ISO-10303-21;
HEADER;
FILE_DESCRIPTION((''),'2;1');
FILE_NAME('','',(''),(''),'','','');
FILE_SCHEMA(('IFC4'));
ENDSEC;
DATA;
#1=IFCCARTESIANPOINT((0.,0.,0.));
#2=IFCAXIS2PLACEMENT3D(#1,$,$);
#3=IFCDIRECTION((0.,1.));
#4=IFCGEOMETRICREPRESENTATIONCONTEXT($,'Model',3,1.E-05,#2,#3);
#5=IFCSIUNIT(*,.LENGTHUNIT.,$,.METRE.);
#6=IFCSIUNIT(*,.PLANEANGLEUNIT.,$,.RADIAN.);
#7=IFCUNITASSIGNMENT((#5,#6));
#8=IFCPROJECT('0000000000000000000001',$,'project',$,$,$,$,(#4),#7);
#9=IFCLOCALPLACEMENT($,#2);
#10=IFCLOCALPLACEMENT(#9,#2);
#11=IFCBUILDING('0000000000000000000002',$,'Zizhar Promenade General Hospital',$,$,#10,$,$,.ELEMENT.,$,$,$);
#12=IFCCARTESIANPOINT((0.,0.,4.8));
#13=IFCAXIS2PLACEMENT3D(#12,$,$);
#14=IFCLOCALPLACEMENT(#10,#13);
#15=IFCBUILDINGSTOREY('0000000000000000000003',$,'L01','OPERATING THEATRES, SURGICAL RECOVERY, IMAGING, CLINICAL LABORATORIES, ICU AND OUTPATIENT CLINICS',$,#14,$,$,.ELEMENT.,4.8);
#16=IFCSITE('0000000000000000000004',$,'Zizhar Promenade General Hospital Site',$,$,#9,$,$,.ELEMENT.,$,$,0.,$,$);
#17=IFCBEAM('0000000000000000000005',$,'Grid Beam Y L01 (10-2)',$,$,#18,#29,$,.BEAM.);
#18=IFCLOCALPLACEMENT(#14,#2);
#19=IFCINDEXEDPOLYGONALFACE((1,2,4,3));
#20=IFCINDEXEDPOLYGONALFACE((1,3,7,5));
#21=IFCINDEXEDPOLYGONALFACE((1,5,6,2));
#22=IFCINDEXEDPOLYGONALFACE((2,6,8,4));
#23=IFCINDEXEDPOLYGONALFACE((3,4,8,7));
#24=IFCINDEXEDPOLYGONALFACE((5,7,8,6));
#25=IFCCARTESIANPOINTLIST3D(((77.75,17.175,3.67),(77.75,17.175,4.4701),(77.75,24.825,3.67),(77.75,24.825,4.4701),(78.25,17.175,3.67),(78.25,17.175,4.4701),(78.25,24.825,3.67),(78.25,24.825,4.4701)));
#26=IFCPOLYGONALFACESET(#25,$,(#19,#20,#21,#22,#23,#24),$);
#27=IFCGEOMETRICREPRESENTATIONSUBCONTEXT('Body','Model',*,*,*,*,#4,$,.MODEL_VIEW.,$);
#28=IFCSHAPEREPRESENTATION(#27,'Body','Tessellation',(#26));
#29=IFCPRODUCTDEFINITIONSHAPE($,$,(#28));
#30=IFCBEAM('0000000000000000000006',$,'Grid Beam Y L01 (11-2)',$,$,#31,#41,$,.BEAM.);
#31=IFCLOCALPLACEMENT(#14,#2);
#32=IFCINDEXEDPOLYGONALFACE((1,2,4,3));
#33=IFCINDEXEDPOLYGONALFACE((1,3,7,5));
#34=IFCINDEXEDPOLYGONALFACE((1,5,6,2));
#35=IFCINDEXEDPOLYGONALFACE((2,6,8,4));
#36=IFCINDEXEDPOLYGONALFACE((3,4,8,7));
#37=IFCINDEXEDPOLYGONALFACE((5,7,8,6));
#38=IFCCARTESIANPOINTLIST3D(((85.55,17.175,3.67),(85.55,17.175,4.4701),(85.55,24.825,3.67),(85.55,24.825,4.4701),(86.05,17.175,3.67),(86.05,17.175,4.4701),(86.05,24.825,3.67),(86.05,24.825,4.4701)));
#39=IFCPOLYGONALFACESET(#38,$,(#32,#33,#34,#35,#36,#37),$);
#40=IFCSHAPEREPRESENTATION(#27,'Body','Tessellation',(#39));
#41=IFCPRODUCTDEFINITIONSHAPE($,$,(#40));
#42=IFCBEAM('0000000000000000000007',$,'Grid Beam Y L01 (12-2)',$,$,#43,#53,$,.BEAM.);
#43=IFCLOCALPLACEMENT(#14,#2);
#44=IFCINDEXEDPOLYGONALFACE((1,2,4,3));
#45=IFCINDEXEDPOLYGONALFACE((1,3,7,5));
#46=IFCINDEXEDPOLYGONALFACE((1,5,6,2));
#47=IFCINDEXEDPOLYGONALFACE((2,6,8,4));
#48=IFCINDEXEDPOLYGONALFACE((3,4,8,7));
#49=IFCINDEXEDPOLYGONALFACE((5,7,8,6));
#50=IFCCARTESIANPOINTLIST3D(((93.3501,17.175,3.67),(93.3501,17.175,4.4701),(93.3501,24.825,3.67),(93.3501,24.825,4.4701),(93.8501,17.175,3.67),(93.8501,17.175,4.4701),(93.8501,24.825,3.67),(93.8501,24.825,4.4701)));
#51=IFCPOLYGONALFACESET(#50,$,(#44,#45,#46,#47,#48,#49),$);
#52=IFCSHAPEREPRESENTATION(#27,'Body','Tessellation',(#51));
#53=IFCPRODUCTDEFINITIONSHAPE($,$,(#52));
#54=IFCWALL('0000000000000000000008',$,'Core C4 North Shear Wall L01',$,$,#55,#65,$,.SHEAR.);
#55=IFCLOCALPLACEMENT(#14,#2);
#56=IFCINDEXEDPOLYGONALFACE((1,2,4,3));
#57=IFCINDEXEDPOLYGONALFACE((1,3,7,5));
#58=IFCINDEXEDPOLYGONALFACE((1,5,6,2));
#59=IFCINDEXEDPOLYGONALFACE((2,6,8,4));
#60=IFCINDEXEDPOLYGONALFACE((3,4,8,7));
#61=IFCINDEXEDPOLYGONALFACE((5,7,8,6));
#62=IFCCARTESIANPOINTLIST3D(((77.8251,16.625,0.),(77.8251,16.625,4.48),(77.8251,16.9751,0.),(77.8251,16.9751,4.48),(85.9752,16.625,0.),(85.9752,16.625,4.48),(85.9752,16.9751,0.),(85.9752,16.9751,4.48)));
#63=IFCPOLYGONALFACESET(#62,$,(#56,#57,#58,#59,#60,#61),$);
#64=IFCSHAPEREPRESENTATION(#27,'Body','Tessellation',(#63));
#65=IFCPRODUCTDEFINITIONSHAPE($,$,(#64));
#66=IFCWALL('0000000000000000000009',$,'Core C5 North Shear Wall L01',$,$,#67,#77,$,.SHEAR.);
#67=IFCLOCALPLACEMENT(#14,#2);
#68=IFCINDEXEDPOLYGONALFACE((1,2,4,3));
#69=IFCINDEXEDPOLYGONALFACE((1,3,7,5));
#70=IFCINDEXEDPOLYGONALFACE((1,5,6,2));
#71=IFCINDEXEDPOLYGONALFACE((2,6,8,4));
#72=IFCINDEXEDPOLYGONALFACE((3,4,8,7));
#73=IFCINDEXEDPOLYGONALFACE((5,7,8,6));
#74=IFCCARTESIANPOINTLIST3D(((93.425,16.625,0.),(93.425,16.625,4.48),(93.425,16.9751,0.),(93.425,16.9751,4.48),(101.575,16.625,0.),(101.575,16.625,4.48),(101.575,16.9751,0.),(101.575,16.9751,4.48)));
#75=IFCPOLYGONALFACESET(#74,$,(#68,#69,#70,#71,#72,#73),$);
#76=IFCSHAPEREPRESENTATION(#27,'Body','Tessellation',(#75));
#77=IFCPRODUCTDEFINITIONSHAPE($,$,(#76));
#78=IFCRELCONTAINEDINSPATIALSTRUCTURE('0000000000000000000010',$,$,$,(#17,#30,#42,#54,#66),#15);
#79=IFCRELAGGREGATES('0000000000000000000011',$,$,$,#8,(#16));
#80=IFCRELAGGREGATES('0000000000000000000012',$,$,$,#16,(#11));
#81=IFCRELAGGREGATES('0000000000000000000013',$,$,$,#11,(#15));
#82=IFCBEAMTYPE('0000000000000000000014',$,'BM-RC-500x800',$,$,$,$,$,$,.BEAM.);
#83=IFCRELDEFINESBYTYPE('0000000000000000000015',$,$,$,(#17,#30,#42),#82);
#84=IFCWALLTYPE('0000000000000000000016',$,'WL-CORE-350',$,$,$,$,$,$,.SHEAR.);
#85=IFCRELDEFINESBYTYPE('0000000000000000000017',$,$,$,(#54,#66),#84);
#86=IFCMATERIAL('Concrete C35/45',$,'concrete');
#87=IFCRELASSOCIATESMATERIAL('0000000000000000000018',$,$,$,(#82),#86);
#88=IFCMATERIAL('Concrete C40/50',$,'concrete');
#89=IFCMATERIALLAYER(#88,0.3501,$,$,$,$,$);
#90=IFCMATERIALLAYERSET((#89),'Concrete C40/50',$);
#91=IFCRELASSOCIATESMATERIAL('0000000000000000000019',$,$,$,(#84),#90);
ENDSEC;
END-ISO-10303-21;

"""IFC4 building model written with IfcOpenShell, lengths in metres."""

from ifc_helpers import new_model, si_unit, direction, frame, frame_2d, origin, origin_2d, place, context, subcontext, project, spatial, rectangle, extrude, material, layer, layer_set, material_profile, profile_set, type_object, element, save


model = new_model("IFC4")

# Units and contexts
model_context = context("Model", 3, precision=1e-05, world=origin(), true_north=direction((0.0, 1.0)))
body_context = subcontext(model_context, "Body", "Model", "MODEL_VIEW")
ifc_project = project(units=[si_unit("LENGTHUNIT", "METRE"), si_unit("PLANEANGLEUNIT", "RADIAN")], contexts=[model_context])

# Site, building, storey
site_placement = place(None, origin())
site = spatial("IfcSite", under=ifc_project, at=site_placement, Name="Zizhar Promenade General Hospital Site", CompositionType="ELEMENT", RefElevation=0.0)
building_placement = place(site_placement, origin())
building = spatial("IfcBuilding", under=site, at=building_placement, Name="Zizhar Promenade General Hospital", CompositionType="ELEMENT")
storey_placement = place(building_placement, frame((0.0, 0.0, 4.8)))
storey = spatial("IfcBuildingStorey", under=building, at=storey_placement, Name="L01", Description="OPERATING THEATRES, SURGICAL RECOVERY, IMAGING, CLINICAL LABORATORIES, ICU AND OUTPATIENT CLINICS", CompositionType="ELEMENT", Elevation=4.8)

# Beams
ifc_material_1 = material(Name="Concrete C35/45", Category="concrete")
ifc_material_profile_1 = material_profile(ifc_material_1, rectangle(XDim=0.5, YDim=0.8, at=origin_2d()))
ifc_profile_set_1 = profile_set([ifc_material_profile_1], Name="Concrete C35/45")
beam_type_1 = type_object("IfcBeamType", Name="BM-RC-500x800", PredefinedType="BEAM", material=ifc_profile_set_1)
for number, where, z_axis, x_axis, name in (
    (1, (78.0, 17.175, 4.0701), (0.0, 1.0, 0.0), (-1.0, 0.0, 0.0), "Grid Beam Y L01 (10-2)"),
    (2, (85.8, 17.175, 4.0701), (0.0, 1.0, 0.0), (-1.0, 0.0, 0.0), "Grid Beam Y L01 (11-2)"),
    (3, (93.6001, 17.175, 4.0701), (0.0, 1.0, 0.0), (-1.0, 0.0, 0.0), "Grid Beam Y L01 (12-2)"),
):
    element("IfcBeam", number, at=place(storey_placement, frame(where, z_axis=z_axis, x_axis=x_axis)), inside=storey, type_object=beam_type_1, Name=name, PredefinedType="BEAM", context=body_context, shape_type="SweptSolid", body=[
        extrude(rectangle(XDim=0.5, YDim=0.8, at=origin_2d()), origin(), (0.0, 0.0, 1.0), 7.6499),
    ])

# Walls
ifc_material_2 = material(Name="Concrete C40/50", Category="concrete")
ifc_layer = layer(ifc_material_2, 0.3501)
ifc_layer_set = layer_set([ifc_layer], Name="Concrete C40/50")
wall_type = type_object("IfcWallType", Name="WL-CORE-350", PredefinedType="SHEAR", material=ifc_layer_set)
wall_1_placement = place(storey_placement, frame((77.825, 16.8, 0.0), z_axis=(0.0, 0.0, 1.0), x_axis=(1.0, 0.0, 0.0)))
element("IfcWall", 4, at=wall_1_placement, inside=storey, type_object=wall_type, Name="Core C4 North Shear Wall L01", PredefinedType="SHEAR", context=body_context, shape_type="SweptSolid", body=[
    extrude(rectangle(XDim=8.1501, YDim=0.3501, at=frame_2d((4.0752, 0.0))), origin(), (0.0, 0.0, 1.0), 4.48),
])
wall_2_placement = place(storey_placement, frame((93.425, 16.8, 0.0), z_axis=(0.0, 0.0, 1.0), x_axis=(1.0, 0.0, 0.0)))
element("IfcWall", 5, at=wall_2_placement, inside=storey, type_object=wall_type, Name="Core C5 North Shear Wall L01", PredefinedType="SHEAR", context=body_context, shape_type="SweptSolid", body=[
    extrude(rectangle(XDim=8.1499, YDim=0.3501, at=frame_2d((4.075, 0.0))), origin(), (0.0, 0.0, 1.0), 4.48),
])

save(model, "model.ifc")
